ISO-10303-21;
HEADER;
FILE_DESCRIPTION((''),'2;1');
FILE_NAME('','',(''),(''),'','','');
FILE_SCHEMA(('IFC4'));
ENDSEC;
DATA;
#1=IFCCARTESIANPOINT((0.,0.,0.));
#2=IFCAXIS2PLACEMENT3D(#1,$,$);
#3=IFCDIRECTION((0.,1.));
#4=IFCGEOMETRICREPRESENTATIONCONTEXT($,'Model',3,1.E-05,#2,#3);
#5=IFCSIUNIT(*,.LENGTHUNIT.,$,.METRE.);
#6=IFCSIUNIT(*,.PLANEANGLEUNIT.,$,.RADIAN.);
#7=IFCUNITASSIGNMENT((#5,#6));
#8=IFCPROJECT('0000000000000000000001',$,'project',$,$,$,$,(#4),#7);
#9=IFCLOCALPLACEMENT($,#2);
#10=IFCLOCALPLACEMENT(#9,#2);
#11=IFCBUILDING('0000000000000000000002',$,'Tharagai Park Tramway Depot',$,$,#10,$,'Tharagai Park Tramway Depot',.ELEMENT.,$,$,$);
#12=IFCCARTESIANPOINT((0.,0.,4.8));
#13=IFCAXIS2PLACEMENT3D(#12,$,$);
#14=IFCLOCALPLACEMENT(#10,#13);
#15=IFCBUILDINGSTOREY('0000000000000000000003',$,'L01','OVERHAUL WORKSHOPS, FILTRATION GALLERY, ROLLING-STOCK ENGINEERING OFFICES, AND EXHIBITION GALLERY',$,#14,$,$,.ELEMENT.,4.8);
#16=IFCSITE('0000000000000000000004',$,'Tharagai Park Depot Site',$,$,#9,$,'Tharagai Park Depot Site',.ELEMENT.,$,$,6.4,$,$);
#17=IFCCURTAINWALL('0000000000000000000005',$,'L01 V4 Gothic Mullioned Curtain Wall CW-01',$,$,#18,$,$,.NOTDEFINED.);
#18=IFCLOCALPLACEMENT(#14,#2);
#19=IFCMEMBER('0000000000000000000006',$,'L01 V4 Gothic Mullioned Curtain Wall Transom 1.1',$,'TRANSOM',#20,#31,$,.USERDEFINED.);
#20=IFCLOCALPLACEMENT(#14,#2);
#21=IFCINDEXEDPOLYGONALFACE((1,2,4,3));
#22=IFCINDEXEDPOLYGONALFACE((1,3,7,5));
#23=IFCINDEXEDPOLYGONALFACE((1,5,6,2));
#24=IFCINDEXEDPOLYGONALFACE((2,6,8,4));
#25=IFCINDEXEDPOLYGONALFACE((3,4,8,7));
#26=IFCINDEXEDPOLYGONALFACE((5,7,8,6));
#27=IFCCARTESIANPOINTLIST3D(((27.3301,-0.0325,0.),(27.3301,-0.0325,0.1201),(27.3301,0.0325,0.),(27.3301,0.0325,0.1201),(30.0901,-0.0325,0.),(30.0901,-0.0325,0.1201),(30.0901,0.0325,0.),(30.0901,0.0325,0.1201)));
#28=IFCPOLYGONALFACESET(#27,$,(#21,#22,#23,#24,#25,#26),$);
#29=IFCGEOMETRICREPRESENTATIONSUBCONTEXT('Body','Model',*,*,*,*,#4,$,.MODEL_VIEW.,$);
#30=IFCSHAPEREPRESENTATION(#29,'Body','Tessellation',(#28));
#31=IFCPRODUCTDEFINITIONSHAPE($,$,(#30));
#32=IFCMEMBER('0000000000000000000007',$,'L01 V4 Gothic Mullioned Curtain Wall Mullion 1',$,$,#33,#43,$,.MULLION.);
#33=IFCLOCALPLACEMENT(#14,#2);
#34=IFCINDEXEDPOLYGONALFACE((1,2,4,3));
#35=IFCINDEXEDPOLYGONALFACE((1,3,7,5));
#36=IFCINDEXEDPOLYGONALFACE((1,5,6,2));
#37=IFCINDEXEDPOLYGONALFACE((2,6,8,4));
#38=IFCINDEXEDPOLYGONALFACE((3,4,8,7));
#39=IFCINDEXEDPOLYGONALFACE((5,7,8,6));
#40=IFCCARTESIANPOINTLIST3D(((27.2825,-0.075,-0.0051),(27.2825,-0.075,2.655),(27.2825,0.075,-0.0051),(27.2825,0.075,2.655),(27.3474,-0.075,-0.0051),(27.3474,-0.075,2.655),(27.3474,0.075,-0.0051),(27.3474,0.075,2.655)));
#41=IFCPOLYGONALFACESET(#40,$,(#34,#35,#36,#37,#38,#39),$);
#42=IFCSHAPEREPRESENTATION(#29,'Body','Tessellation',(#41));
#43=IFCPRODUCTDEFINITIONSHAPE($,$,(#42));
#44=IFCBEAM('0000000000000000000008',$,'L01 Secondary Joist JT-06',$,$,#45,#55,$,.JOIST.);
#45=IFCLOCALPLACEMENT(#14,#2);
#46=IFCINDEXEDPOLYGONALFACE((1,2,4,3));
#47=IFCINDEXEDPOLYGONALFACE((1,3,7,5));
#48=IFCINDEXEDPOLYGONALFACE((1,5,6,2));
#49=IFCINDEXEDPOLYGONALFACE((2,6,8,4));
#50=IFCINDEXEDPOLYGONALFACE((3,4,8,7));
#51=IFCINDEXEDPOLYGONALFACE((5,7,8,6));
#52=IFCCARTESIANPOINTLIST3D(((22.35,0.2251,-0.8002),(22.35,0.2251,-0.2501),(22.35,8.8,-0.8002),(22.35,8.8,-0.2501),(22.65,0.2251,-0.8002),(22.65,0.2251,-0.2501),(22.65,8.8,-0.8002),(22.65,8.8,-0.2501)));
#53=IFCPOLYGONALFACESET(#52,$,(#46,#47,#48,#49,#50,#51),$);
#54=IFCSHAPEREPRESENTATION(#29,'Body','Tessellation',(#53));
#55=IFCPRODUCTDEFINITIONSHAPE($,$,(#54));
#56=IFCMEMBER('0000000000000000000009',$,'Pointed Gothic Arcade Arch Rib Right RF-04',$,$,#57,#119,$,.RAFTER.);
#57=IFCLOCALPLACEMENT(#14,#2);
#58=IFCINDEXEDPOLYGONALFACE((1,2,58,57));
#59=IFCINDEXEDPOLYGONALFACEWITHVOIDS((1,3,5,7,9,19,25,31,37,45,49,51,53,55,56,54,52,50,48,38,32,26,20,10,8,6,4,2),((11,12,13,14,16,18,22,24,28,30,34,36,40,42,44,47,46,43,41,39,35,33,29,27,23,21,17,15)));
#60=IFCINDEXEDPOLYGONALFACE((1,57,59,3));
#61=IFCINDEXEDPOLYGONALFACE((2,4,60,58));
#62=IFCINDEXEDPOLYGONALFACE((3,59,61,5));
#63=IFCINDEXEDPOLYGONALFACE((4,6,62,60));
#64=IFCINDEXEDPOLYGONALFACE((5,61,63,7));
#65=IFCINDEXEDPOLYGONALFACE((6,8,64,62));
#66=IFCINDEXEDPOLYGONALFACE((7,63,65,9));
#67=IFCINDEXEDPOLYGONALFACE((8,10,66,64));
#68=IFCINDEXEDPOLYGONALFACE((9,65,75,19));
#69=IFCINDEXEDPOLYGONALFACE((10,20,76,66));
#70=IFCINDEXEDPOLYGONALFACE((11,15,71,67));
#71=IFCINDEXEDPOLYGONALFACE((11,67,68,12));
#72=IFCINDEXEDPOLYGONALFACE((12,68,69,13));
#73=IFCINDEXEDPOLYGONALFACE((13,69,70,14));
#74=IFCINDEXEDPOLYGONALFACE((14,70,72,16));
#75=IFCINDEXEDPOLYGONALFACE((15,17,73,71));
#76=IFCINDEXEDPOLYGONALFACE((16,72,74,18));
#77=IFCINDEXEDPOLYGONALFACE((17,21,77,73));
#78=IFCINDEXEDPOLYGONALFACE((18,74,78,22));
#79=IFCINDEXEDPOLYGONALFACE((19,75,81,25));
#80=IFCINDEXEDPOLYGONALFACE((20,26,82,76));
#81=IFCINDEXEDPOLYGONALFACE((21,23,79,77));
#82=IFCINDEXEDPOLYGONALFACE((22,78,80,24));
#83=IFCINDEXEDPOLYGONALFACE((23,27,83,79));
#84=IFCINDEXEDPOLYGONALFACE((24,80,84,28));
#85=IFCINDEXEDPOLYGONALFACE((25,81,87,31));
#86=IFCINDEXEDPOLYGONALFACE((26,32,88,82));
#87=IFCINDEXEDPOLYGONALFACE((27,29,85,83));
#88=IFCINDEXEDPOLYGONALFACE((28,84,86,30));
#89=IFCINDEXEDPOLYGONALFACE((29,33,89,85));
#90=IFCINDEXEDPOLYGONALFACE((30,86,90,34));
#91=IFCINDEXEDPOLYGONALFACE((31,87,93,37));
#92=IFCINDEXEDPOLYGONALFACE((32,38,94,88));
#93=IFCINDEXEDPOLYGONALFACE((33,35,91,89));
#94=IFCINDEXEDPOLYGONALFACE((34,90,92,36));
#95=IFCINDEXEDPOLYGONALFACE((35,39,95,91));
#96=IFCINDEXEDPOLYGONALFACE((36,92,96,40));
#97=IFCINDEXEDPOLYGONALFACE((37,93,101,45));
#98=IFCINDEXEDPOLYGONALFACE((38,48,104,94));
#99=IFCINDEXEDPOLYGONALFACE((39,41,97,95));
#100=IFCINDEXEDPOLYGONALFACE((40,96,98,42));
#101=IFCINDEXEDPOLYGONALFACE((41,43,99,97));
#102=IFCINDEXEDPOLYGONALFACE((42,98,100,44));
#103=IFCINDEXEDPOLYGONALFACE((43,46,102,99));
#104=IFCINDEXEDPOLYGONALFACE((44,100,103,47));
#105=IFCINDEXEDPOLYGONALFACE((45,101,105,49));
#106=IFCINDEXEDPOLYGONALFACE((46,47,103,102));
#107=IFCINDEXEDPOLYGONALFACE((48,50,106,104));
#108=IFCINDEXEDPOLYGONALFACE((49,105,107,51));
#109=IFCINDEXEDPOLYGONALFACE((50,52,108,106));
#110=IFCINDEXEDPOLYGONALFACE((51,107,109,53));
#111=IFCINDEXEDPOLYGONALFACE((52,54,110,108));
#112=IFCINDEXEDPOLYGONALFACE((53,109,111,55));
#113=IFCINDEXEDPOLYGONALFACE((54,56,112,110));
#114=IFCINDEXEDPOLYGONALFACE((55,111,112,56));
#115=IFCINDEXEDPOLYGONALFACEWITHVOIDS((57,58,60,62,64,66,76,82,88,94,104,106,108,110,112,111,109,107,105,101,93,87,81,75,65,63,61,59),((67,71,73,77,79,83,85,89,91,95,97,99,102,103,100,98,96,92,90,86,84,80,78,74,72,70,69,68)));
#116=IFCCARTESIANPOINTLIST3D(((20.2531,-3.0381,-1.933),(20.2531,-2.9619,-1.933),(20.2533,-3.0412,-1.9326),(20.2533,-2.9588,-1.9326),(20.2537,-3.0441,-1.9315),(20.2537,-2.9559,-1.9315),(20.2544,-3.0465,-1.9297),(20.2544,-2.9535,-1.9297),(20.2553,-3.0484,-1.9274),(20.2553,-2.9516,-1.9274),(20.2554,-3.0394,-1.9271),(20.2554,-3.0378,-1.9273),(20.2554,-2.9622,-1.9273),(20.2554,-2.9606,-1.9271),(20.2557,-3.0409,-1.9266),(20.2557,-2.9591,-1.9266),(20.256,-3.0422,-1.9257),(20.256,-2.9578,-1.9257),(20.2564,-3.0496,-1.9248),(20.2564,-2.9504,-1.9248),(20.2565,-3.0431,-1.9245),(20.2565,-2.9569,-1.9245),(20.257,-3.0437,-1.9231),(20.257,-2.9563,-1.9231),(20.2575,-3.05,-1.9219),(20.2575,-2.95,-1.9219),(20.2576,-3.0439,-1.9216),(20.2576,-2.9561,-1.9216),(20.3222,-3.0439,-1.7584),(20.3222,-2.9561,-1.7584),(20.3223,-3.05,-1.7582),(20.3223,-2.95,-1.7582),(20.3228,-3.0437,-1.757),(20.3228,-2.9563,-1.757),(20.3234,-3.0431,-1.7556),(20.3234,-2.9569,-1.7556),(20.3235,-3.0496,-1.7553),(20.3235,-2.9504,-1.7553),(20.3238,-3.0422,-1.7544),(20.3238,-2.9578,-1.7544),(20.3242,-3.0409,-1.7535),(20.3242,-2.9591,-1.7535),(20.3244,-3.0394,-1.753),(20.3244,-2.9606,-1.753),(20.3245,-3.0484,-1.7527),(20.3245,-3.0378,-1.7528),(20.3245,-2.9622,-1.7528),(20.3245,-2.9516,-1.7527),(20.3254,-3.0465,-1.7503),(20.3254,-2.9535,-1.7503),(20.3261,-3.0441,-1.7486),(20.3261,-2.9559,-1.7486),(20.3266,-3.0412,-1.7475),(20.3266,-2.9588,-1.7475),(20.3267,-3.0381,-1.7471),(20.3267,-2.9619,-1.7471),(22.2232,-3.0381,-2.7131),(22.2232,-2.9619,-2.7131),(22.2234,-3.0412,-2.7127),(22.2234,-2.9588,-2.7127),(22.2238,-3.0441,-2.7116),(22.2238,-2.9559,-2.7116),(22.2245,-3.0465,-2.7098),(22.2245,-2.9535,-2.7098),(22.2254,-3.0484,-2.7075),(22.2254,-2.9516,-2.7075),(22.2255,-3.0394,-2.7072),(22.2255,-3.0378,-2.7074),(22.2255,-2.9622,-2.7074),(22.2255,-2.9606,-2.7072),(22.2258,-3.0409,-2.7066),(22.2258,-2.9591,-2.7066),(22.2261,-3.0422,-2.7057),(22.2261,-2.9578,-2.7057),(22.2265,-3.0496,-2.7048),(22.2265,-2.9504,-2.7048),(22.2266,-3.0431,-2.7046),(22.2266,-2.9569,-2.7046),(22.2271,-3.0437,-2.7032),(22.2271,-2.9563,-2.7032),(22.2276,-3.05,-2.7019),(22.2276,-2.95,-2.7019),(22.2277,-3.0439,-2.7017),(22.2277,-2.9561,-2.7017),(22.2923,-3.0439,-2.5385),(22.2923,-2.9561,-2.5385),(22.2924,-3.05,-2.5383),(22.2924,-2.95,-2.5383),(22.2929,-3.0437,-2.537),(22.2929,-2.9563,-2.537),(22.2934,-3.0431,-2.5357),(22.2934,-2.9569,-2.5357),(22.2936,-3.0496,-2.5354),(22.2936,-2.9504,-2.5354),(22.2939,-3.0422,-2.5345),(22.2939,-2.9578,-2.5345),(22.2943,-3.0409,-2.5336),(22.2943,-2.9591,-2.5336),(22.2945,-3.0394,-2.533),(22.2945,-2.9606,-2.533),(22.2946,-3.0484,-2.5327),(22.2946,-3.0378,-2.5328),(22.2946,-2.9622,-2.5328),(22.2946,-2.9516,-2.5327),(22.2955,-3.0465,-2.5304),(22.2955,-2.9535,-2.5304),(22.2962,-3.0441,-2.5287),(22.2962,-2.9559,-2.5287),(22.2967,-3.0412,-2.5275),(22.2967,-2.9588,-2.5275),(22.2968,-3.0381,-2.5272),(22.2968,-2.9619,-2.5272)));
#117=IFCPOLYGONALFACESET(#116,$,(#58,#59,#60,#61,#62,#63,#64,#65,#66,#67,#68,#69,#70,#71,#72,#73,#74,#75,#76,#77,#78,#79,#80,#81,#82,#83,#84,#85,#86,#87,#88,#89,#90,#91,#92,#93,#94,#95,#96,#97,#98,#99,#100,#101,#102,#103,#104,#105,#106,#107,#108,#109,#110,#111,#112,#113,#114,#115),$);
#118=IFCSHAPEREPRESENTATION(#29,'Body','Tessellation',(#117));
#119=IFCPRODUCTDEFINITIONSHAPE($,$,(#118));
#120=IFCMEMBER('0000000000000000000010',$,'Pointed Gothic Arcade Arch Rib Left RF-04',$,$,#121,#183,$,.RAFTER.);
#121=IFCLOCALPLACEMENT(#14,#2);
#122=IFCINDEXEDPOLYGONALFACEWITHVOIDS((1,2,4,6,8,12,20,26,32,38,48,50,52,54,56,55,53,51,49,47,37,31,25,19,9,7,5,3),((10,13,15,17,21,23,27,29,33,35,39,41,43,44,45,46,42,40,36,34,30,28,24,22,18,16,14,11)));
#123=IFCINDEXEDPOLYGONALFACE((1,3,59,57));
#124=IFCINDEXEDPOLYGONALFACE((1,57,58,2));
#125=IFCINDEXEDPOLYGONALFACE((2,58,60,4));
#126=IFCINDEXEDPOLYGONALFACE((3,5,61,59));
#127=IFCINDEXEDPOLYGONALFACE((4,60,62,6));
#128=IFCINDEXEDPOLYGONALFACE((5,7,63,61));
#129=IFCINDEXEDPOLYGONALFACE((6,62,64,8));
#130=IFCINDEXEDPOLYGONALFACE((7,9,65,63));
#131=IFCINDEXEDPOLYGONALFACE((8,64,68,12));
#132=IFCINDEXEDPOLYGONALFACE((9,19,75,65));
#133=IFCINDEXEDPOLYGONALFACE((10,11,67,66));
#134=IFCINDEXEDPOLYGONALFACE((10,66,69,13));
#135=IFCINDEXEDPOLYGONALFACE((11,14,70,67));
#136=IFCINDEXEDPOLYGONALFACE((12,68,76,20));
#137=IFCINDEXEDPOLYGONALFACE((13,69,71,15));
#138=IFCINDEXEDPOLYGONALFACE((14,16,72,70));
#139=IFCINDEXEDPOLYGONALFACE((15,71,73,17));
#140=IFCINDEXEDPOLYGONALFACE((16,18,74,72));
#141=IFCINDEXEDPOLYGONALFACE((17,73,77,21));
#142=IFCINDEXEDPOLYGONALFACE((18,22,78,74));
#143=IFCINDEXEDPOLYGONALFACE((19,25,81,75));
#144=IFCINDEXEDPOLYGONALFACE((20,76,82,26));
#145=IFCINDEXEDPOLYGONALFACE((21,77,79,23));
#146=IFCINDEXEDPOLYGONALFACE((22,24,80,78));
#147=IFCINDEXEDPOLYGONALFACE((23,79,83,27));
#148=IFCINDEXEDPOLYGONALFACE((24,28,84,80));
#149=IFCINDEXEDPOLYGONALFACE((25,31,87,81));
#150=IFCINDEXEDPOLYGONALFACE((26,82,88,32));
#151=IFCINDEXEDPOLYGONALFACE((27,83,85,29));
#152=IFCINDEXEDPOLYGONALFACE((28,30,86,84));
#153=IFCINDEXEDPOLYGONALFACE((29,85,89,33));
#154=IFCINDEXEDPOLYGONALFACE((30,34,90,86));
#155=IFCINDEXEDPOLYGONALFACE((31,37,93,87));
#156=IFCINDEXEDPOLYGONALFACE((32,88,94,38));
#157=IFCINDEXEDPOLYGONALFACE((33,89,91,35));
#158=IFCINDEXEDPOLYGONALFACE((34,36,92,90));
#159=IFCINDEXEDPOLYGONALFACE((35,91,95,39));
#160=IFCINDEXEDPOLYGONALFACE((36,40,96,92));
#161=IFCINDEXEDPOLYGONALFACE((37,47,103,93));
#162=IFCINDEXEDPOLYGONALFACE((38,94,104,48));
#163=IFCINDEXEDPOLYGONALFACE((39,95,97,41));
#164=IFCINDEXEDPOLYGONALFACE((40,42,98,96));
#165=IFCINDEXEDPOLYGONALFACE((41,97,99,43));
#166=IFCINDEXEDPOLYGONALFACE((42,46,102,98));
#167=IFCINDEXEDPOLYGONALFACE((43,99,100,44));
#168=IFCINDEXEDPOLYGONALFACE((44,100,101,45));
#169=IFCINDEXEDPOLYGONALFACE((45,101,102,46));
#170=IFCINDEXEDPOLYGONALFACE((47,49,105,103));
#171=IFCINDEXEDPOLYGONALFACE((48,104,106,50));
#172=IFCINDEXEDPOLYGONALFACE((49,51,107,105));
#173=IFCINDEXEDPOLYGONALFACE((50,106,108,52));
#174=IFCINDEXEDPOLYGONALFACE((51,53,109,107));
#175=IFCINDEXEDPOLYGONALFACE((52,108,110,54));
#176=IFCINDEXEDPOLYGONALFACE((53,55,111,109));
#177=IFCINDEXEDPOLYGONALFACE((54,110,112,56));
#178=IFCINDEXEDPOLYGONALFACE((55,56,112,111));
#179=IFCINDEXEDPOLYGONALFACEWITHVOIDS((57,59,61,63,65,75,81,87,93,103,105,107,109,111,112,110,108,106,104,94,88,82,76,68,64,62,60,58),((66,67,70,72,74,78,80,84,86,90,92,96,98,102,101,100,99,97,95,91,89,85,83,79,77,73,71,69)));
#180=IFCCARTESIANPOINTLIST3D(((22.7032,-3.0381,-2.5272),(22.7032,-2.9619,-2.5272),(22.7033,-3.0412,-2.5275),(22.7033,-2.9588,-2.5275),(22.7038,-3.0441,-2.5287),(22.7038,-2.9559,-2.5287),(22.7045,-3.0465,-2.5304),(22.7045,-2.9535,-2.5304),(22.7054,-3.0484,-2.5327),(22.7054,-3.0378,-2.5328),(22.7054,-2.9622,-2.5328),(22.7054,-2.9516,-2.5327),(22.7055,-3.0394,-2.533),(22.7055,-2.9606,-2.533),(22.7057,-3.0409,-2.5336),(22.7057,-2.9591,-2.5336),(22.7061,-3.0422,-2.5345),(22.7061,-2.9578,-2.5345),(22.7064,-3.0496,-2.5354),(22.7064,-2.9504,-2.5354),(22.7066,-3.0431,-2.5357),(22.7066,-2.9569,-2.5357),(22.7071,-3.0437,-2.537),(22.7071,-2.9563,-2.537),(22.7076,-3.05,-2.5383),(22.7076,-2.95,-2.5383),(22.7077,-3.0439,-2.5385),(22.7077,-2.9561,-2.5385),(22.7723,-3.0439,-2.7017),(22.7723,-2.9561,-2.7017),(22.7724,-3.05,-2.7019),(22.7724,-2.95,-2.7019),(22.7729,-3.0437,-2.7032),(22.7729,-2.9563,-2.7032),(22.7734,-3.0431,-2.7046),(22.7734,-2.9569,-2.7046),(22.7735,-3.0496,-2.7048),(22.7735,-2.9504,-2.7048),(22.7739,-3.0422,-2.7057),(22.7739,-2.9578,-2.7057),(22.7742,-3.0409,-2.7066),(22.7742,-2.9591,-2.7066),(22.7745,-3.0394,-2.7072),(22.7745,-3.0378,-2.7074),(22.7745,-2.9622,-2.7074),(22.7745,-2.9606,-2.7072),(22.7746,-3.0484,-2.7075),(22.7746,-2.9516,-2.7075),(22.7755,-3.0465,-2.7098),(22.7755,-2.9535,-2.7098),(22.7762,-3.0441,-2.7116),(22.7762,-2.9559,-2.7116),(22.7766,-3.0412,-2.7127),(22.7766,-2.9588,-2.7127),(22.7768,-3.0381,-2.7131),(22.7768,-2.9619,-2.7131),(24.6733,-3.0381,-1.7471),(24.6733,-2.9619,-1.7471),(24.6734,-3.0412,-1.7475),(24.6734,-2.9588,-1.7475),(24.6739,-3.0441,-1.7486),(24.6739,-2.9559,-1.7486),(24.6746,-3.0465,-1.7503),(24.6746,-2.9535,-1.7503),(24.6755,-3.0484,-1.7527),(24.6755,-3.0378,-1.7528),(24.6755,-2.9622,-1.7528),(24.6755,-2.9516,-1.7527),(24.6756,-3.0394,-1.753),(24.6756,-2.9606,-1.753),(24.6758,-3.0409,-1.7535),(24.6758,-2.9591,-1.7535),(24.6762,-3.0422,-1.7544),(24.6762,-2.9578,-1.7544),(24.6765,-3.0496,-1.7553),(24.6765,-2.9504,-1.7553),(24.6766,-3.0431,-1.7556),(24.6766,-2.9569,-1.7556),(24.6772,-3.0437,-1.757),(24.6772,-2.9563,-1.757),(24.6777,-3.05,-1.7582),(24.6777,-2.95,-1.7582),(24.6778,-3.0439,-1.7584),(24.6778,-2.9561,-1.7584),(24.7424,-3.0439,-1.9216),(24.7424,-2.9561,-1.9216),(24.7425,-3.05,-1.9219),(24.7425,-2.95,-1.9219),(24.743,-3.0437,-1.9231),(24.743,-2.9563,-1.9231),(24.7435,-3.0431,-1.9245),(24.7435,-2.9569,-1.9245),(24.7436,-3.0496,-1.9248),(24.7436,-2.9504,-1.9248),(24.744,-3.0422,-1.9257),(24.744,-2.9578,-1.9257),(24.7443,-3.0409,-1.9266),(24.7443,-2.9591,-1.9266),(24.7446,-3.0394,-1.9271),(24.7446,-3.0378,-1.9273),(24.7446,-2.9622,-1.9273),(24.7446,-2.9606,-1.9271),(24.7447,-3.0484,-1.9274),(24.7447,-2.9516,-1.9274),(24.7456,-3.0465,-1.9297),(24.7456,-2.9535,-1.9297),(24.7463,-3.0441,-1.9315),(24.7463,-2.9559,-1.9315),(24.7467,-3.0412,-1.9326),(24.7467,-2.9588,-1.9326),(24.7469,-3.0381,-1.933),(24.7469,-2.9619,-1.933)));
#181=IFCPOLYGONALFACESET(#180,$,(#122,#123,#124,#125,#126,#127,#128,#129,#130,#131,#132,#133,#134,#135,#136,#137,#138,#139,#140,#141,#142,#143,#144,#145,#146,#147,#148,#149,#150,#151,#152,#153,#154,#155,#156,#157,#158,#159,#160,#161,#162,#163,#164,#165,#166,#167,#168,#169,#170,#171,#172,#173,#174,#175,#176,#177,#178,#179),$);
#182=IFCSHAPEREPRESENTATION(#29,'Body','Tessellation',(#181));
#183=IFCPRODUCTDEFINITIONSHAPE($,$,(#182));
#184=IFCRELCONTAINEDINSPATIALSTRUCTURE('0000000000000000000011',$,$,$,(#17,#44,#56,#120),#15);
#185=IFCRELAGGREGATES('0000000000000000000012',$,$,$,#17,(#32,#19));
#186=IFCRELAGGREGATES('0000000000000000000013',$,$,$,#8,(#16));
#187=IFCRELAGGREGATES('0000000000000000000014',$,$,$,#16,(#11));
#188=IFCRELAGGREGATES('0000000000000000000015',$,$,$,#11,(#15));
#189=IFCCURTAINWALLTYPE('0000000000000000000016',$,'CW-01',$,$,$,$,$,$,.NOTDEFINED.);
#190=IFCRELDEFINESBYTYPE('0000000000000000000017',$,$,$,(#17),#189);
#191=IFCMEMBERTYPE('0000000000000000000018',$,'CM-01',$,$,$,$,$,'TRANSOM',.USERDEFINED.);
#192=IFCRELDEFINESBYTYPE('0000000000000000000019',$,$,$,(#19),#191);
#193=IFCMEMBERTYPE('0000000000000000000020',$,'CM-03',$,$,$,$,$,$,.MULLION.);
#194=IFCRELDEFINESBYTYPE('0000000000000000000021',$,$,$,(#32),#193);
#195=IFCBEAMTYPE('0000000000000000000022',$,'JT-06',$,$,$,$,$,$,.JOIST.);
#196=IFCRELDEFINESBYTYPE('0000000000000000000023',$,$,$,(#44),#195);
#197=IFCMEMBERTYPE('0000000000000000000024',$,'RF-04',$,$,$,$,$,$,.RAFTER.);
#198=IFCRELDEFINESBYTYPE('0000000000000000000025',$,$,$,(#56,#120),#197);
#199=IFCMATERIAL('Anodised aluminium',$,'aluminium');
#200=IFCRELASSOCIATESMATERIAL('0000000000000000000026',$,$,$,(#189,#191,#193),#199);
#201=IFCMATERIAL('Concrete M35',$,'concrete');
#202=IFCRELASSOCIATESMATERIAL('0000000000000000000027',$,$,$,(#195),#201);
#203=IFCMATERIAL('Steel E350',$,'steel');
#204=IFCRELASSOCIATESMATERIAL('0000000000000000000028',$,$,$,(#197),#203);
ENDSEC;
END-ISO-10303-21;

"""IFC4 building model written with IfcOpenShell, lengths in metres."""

from ifc_helpers import new_model, si_unit, direction, frame, origin, origin_2d, place, context, subcontext, project, spatial, rectangle, hollow_rectangle, extrude, material, material_profile, profile_set, type_object, element, aggregate, save


model = new_model("IFC4")

# Units and contexts
model_context = context("Model", 3, precision=1e-05, world=origin(), true_north=direction((0.0, 1.0)))
body_context = subcontext(model_context, "Body", "Model", "MODEL_VIEW")
ifc_project = project(units=[si_unit("LENGTHUNIT", "METRE"), si_unit("PLANEANGLEUNIT", "RADIAN")], contexts=[model_context])

# Site, building, storey
site_placement = place(None, origin())
site = spatial("IfcSite", under=ifc_project, at=site_placement, Name="Tharagai Park Depot Site", LongName="Tharagai Park Depot Site", CompositionType="ELEMENT", RefElevation=6.4)
building_placement = place(site_placement, origin())
building = spatial("IfcBuilding", under=site, at=building_placement, Name="Tharagai Park Tramway Depot", LongName="Tharagai Park Tramway Depot", CompositionType="ELEMENT")
storey_placement = place(building_placement, frame((0.0, 0.0, 4.8)))
storey = spatial("IfcBuildingStorey", under=building, at=storey_placement, Name="L01", Description="OVERHAUL WORKSHOPS, FILTRATION GALLERY, ROLLING-STOCK ENGINEERING OFFICES, AND EXHIBITION GALLERY", CompositionType="ELEMENT", Elevation=4.8)

# Shared definitions
ifc_material_1 = material(Name="Concrete M35", Category="concrete")

# Curtain wall, members
ifc_material_2 = material(Name="Anodised aluminium", Category="aluminium")
curtain_wall_type = type_object("IfcCurtainWallType", Name="CW-01", PredefinedType="NOTDEFINED", material=ifc_material_2)
curtain_wall_placement = place(storey_placement, origin())
curtain_wall = element("IfcCurtainWall", 1, at=curtain_wall_placement, inside=storey, type_object=curtain_wall_type, Name="L01 V4 Gothic Mullioned Curtain Wall CW-01", PredefinedType="NOTDEFINED")
ifc_material_profile_1 = material_profile(ifc_material_2, rectangle(XDim=0.0649, YDim=0.1201, at=origin_2d()), Name="ALU 65x120")
ifc_profile_set_1 = profile_set([ifc_material_profile_1], Name="Anodised aluminium")
member_type_1 = type_object("IfcMemberType", Name="CM-01", ElementType="TRANSOM", PredefinedType="USERDEFINED", material=ifc_profile_set_1)
member_1_placement = place(storey_placement, frame((27.3301, 0.0, 0.0601), z_axis=(1.0, 0.0, 0.0), x_axis=(0.0, 1.0, 0.0)))
member_1 = element("IfcMember", 2, at=member_1_placement, type_object=member_type_1, Name="L01 V4 Gothic Mullioned Curtain Wall Transom 1.1", ObjectType="TRANSOM", PredefinedType="USERDEFINED", context=body_context, shape_type="SweptSolid", body=[
    extrude(rectangle(XDim=0.0649, YDim=0.1201, at=origin_2d()), origin(), (0.0, 0.0, 1.0), 2.76),
])
ifc_material_profile_2 = material_profile(ifc_material_2, rectangle(XDim=0.0649, YDim=0.1499, at=origin_2d()), Name="ALU 65x150")
ifc_profile_set_2 = profile_set([ifc_material_profile_2], Name="Anodised aluminium")
member_type_2 = type_object("IfcMemberType", Name="CM-03", PredefinedType="MULLION", material=ifc_profile_set_2)
member_2_placement = place(storey_placement, frame((27.3149, 0.0, -0.0051), z_axis=(0.0, 0.0, 1.0), x_axis=(1.0, 0.0, 0.0)))
member_2 = element("IfcMember", 3, at=member_2_placement, type_object=member_type_2, Name="L01 V4 Gothic Mullioned Curtain Wall Mullion 1", PredefinedType="MULLION", context=body_context, shape_type="SweptSolid", body=[
    extrude(rectangle(XDim=0.0649, YDim=0.1499, at=origin_2d()), origin(), (0.0, 0.0, 1.0), 2.6602),
])
aggregate(curtain_wall, [member_2, member_1])

# Beam
ifc_material_profile_3 = material_profile(ifc_material_1, rectangle(XDim=0.3, YDim=0.55, at=origin_2d()), Name="RC 300x550")
ifc_profile_set_3 = profile_set([ifc_material_profile_3], Name="Concrete M35")
beam_type_1 = type_object("IfcBeamType", Name="JT-06", PredefinedType="JOIST", material=ifc_profile_set_3)
beam_1_placement = place(storey_placement, frame((22.5, 0.2251, -0.5251), z_axis=(0.0, 1.0, 0.0), x_axis=(-1.0, 0.0, 0.0)))
element("IfcBeam", 4, at=beam_1_placement, inside=storey, type_object=beam_type_1, Name="L01 Secondary Joist JT-06", PredefinedType="JOIST", context=body_context, shape_type="SweptSolid", body=[
    extrude(rectangle(XDim=0.3, YDim=0.55, at=origin_2d()), origin(), (0.0, 0.0, 1.0), 8.575),
])

# Members
ifc_material_3 = material(Name="Steel E350", Category="steel")
ifc_material_profile_4 = material_profile(ifc_material_3, hollow_rectangle(XDim=0.1001, YDim=0.2, WallThickness=0.0061, InnerFilletRadius=0.0061, OuterFilletRadius=0.012, at=origin_2d()), Name="RHS 200x100x6")
ifc_profile_set_4 = profile_set([ifc_material_profile_4], Name="Steel E350")
member_type_3 = type_object("IfcMemberType", Name="RF-04", PredefinedType="RAFTER", material=ifc_profile_set_4)
for number, where, z_axis, x_axis, name in (
    (5, (22.26, -3.0, -2.6201), (-0.929766, 0.0, 0.36815), (0.0, -1.0, 0.0), "Pointed Gothic Arcade Arch Rib Right RF-04"),
    (6, (22.74, -3.0, -2.6201), (0.929766, 0.0, 0.36815), (0.0, 1.0, 0.0), "Pointed Gothic Arcade Arch Rib Left RF-04"),
):
    element("IfcMember", number, at=place(storey_placement, frame(where, z_axis=z_axis, x_axis=x_axis)), inside=storey, type_object=member_type_3, Name=name, PredefinedType="RAFTER", context=body_context, shape_type="SweptSolid", body=[
        extrude(hollow_rectangle(XDim=0.1001, YDim=0.2, WallThickness=0.0061, InnerFilletRadius=0.0061, OuterFilletRadius=0.012, at=origin_2d()), origin(), (0.0, 0.0, 1.0), 2.1189),
    ])

save(model, "model.ifc")
